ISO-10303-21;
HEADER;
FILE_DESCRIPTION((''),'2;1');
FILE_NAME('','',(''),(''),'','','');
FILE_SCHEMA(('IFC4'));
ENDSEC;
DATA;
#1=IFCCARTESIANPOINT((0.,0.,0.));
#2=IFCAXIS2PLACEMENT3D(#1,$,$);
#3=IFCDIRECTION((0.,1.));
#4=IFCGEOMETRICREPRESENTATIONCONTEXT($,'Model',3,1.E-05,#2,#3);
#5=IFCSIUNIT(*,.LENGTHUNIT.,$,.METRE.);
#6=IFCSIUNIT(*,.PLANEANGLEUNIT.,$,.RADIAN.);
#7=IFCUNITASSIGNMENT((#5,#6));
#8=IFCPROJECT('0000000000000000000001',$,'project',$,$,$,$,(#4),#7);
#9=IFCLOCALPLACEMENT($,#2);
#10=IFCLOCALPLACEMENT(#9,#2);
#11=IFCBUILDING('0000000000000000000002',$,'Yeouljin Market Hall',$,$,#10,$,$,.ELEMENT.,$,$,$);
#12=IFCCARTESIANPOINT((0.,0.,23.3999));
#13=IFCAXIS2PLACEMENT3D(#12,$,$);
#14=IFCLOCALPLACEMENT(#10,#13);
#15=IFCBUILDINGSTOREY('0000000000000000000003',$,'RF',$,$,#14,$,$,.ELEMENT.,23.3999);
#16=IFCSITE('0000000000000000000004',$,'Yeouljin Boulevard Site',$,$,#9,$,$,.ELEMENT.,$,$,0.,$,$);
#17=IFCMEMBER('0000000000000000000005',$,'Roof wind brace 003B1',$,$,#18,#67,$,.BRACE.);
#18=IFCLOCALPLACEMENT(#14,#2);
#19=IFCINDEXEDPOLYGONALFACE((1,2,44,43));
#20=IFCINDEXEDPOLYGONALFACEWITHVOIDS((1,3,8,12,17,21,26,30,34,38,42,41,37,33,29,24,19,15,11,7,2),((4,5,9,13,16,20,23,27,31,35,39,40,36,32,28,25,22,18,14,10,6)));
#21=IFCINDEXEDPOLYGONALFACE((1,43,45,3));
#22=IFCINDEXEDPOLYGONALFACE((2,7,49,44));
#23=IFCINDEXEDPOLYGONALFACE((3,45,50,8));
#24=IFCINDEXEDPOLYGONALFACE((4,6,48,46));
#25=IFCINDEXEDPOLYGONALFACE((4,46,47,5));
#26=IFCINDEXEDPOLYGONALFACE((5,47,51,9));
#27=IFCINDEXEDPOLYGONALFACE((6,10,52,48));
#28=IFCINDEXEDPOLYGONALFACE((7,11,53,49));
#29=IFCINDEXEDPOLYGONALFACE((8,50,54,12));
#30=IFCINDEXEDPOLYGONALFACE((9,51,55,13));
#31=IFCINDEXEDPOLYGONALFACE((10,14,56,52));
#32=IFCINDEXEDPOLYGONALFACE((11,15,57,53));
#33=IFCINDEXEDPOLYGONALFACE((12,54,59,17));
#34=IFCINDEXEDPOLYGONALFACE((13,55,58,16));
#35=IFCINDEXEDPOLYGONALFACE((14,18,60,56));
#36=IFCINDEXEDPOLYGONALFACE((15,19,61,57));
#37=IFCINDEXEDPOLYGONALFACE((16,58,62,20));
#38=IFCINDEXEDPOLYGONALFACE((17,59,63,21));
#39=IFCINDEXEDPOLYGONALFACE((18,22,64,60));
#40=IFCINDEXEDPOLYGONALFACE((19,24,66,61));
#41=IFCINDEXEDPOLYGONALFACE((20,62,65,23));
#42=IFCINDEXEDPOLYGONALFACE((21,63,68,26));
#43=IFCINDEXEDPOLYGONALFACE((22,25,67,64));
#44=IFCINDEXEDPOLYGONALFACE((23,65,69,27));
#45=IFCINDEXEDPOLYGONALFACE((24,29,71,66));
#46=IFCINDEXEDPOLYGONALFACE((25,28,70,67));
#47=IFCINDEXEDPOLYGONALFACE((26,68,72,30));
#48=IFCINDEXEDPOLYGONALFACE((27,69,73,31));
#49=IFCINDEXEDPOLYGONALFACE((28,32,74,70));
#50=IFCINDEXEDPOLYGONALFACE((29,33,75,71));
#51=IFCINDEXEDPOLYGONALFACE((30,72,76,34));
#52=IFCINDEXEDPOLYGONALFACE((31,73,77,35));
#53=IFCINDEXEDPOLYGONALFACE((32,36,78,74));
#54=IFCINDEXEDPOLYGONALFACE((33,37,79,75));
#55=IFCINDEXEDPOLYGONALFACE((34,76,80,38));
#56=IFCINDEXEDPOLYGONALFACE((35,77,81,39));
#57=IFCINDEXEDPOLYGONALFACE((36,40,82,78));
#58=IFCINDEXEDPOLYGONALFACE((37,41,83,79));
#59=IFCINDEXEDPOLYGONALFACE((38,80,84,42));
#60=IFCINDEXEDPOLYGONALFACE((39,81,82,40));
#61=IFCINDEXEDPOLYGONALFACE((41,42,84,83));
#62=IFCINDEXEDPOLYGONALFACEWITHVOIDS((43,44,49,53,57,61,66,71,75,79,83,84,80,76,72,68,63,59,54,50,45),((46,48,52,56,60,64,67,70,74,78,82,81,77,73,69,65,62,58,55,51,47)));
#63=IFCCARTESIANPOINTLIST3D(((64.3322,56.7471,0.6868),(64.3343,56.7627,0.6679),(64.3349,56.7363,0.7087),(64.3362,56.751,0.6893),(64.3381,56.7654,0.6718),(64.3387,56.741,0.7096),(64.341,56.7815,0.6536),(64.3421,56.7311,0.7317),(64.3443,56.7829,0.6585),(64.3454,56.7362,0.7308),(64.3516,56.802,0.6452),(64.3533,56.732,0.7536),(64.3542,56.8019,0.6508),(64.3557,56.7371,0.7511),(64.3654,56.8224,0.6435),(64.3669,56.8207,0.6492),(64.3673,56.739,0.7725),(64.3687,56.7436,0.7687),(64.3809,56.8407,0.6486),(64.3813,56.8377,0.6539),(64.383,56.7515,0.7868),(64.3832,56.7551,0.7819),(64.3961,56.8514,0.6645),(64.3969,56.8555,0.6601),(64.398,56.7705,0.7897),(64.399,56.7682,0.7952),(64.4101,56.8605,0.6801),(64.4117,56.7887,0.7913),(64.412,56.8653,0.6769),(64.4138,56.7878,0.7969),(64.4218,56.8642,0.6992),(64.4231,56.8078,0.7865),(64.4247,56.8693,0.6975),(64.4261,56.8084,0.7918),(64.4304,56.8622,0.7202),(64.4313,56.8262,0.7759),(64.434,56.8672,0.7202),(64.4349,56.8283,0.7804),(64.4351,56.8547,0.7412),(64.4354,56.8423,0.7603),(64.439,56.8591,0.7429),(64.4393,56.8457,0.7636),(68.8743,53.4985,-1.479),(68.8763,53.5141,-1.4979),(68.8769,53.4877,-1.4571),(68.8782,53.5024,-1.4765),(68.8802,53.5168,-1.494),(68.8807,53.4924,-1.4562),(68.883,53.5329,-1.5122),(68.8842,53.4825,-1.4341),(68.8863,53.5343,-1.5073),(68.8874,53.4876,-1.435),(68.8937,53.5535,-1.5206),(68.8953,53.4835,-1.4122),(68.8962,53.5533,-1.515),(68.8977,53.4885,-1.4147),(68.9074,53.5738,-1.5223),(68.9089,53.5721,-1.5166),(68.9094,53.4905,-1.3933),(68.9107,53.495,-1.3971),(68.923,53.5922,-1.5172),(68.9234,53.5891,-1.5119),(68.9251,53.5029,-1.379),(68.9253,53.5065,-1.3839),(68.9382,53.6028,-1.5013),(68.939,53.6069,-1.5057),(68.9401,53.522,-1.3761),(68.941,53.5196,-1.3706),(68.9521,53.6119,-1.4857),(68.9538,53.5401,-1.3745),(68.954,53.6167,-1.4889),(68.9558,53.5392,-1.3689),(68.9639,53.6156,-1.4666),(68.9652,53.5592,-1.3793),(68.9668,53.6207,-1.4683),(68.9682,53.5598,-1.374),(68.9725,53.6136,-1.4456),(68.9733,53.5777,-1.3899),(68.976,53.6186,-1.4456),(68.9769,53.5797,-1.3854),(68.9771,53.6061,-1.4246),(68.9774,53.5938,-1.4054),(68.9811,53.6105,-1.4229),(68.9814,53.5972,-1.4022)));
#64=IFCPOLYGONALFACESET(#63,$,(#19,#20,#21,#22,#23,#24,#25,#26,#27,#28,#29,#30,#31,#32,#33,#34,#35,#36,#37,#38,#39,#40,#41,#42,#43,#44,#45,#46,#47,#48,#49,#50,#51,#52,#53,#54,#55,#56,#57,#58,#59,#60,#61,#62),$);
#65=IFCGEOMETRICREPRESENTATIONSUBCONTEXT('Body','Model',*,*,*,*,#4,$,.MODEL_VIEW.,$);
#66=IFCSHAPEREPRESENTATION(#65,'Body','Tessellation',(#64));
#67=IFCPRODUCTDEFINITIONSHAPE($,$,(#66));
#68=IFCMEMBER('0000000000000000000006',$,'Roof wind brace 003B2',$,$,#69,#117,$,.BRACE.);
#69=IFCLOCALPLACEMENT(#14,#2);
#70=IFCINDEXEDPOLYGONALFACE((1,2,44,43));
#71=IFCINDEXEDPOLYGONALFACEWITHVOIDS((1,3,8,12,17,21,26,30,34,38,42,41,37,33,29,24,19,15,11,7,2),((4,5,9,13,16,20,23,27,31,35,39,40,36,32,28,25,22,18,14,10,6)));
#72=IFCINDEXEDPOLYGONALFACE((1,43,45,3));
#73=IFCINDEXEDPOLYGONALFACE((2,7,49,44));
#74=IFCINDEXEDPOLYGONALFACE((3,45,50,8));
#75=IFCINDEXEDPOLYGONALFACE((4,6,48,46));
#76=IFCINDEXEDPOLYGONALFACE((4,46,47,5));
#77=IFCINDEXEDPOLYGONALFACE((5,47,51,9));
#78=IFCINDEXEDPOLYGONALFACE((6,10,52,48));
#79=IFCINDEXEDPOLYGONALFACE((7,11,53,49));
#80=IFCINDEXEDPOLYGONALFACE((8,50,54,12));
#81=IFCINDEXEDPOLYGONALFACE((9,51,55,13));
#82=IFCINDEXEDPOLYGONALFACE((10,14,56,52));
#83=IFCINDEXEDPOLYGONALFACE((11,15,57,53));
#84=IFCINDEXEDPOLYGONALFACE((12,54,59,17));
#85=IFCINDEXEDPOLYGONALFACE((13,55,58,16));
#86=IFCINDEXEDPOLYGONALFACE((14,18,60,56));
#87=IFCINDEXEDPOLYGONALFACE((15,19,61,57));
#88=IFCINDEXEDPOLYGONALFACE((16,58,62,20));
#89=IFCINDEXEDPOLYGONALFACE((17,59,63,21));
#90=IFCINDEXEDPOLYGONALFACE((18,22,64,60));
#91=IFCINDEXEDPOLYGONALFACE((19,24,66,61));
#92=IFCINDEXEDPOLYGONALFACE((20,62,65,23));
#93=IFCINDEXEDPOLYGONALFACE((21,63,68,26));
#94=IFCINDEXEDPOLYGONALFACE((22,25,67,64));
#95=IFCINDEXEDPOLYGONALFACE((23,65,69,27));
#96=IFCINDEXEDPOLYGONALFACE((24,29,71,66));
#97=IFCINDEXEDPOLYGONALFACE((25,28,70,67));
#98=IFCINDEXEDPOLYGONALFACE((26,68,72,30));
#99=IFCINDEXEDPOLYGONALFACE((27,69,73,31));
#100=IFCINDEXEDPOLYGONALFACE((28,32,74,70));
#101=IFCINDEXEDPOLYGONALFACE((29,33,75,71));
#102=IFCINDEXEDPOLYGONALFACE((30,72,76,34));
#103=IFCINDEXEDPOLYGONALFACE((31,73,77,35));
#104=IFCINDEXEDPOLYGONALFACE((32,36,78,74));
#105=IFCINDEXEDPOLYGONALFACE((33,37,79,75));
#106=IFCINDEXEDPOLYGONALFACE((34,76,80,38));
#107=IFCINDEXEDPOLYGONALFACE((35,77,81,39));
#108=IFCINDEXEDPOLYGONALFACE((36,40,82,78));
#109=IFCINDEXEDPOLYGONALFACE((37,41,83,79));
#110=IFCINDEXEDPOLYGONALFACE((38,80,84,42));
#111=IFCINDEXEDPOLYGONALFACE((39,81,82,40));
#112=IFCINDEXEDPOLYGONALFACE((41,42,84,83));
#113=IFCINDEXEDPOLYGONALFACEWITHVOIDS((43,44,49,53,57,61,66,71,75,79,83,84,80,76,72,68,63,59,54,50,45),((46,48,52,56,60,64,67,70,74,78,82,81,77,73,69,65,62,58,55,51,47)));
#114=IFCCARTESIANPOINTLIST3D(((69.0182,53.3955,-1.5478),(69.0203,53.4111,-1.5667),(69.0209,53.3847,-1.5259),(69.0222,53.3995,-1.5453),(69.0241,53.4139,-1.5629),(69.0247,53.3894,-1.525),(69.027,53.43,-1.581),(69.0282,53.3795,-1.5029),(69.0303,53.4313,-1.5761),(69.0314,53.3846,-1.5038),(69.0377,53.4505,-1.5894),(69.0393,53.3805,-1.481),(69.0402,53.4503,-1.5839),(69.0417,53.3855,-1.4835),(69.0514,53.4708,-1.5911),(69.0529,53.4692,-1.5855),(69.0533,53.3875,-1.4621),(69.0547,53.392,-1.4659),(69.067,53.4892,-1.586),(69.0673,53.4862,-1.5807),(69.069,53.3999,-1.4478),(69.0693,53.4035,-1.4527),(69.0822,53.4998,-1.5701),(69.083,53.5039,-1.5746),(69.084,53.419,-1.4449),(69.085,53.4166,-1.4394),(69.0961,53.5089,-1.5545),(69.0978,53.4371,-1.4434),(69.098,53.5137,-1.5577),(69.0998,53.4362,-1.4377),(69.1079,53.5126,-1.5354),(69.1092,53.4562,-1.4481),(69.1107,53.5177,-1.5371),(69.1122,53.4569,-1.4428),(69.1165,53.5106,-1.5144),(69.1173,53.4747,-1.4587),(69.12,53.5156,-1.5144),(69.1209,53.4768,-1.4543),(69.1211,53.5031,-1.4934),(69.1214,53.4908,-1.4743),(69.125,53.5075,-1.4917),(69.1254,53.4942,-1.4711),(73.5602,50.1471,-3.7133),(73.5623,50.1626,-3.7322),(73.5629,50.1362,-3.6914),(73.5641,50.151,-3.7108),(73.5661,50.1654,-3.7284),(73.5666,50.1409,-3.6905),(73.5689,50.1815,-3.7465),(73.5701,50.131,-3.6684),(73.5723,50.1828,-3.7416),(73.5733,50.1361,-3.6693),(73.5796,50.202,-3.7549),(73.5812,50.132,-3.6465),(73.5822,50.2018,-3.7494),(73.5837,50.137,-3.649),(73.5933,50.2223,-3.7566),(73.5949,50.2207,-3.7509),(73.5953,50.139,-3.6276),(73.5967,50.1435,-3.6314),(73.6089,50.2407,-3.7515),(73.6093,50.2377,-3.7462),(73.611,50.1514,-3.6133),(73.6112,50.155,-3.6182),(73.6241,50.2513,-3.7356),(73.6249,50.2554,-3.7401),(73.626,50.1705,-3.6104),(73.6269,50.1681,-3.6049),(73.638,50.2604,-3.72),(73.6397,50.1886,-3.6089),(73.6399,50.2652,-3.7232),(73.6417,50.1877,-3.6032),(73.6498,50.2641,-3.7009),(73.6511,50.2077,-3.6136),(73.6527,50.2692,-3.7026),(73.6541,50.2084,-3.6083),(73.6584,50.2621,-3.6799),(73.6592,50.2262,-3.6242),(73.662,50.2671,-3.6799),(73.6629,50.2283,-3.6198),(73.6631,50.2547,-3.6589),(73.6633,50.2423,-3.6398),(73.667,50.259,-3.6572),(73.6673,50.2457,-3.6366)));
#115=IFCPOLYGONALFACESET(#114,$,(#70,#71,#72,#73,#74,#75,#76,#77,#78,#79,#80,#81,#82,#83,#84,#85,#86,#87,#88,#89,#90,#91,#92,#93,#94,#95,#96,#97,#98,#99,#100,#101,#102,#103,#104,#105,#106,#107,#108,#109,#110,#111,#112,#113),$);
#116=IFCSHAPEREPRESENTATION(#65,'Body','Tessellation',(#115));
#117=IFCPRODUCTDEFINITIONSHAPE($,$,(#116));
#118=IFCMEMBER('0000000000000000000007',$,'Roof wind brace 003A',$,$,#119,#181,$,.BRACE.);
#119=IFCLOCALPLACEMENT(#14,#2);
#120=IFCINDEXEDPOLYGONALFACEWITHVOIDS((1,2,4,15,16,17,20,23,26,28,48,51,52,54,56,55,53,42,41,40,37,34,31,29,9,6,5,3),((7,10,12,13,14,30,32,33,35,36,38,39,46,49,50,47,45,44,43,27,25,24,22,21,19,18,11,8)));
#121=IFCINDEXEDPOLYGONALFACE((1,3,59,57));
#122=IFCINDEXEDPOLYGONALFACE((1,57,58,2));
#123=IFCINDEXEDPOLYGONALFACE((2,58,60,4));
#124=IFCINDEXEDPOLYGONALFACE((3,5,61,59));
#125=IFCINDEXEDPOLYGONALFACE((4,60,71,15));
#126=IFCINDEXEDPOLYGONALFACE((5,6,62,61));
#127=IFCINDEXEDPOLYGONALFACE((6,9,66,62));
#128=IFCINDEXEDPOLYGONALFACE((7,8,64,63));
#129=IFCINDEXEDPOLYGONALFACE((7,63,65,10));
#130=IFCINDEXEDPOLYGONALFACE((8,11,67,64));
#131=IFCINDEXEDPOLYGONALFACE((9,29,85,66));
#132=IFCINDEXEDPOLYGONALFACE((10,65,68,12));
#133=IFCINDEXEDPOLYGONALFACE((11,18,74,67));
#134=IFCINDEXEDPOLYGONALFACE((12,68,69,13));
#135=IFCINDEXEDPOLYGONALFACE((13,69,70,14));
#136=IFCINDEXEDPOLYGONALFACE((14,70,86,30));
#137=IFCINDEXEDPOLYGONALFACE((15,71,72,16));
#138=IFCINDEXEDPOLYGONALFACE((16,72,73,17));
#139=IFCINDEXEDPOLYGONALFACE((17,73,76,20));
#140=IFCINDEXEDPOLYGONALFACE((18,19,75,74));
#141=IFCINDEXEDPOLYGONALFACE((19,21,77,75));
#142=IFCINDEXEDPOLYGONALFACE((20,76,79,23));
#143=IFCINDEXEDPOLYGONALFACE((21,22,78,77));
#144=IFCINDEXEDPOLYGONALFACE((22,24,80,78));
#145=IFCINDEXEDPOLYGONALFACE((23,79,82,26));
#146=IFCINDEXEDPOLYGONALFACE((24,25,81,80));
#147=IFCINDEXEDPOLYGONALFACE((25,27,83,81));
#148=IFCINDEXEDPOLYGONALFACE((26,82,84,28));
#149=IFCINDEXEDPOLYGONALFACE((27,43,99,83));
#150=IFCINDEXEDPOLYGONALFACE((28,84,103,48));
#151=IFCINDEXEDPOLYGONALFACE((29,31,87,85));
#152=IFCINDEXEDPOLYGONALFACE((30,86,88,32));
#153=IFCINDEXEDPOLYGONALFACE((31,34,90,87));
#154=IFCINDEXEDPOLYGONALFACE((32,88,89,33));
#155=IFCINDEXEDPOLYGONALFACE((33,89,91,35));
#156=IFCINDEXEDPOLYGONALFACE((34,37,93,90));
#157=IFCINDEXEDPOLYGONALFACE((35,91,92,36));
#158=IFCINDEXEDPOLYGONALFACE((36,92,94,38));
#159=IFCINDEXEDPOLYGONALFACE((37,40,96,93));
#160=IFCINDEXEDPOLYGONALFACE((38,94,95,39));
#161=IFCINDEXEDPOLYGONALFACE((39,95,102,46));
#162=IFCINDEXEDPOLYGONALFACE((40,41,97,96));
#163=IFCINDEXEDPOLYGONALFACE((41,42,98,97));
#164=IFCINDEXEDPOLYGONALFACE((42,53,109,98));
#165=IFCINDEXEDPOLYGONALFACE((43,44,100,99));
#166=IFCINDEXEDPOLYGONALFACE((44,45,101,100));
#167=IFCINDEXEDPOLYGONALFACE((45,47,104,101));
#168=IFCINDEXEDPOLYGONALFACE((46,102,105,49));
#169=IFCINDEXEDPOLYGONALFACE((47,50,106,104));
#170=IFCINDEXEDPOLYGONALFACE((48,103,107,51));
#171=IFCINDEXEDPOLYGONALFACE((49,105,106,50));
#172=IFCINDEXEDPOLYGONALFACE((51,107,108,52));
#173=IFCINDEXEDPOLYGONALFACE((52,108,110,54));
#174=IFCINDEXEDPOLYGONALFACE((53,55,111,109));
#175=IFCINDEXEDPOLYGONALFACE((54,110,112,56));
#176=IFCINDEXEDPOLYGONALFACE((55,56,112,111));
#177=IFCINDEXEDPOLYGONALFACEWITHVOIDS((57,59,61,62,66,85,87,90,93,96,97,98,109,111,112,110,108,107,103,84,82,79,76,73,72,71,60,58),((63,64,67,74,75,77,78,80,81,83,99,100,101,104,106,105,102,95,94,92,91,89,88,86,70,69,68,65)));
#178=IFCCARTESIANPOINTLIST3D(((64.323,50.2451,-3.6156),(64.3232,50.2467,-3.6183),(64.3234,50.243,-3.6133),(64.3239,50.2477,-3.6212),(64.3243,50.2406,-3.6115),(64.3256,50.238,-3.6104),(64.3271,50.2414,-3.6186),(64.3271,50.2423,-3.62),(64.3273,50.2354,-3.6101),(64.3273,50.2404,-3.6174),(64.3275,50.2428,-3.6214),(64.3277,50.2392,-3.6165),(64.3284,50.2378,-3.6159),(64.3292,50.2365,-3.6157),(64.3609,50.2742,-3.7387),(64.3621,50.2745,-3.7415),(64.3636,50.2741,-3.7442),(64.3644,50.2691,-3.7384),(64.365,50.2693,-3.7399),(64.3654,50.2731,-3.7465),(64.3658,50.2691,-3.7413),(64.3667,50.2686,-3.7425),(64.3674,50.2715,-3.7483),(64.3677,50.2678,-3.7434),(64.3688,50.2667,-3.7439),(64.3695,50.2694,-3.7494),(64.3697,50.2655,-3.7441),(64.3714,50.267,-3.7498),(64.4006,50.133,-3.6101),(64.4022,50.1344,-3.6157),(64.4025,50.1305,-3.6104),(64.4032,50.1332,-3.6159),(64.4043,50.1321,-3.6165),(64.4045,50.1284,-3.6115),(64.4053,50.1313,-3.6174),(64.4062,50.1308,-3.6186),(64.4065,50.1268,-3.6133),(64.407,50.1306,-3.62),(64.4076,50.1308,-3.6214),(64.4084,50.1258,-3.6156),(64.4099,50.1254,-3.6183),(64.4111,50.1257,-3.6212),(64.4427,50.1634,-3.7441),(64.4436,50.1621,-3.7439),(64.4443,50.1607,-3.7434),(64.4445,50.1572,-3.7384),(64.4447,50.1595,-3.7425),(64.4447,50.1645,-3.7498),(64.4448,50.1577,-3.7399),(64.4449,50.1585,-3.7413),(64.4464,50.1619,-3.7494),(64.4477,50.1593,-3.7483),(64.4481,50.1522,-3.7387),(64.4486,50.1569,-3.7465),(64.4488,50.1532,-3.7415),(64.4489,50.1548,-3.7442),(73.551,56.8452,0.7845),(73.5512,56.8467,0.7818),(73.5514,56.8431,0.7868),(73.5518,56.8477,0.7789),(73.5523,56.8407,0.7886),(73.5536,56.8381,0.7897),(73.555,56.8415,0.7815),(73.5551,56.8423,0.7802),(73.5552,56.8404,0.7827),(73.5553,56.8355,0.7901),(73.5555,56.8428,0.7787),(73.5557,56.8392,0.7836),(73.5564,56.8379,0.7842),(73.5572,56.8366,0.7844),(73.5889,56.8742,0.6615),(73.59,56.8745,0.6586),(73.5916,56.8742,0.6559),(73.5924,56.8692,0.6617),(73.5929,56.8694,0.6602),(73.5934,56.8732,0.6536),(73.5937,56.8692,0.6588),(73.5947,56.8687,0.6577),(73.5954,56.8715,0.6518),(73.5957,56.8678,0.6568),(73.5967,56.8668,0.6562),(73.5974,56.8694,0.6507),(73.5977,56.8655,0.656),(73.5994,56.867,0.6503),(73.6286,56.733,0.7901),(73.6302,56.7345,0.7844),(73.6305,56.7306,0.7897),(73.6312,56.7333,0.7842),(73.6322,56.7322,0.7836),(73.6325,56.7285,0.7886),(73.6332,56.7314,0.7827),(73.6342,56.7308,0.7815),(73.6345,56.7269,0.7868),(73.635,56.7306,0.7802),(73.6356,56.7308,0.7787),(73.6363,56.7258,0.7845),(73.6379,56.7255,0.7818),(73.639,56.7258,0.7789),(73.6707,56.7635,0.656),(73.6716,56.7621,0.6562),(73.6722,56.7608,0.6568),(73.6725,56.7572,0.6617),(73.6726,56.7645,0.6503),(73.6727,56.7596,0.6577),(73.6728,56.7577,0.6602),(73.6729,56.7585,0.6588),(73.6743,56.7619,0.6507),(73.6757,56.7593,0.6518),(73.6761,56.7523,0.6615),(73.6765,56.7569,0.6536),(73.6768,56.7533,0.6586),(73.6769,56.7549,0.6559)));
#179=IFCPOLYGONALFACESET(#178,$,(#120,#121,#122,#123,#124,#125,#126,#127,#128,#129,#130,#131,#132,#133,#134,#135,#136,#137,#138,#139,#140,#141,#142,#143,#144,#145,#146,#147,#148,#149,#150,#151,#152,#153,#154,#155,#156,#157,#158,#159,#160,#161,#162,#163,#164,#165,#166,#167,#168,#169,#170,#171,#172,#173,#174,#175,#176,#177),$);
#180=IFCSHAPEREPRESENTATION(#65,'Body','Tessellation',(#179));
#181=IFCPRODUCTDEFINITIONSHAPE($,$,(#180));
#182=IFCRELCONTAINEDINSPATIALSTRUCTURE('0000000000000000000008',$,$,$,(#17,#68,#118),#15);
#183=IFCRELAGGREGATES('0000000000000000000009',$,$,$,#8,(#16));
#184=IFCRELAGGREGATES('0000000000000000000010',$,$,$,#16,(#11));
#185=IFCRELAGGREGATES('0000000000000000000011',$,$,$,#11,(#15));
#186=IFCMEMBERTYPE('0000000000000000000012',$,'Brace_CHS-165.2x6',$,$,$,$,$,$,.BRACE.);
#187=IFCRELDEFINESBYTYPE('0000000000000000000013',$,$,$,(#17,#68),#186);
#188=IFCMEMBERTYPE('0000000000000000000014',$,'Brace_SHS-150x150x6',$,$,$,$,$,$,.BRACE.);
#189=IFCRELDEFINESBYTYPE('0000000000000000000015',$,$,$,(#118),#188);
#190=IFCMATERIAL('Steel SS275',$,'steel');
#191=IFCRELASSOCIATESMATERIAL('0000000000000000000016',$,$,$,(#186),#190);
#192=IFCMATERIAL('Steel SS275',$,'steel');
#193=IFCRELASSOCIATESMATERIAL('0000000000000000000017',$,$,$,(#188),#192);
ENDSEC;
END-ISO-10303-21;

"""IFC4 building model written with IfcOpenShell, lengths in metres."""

from ifc_helpers import new_model, si_unit, direction, frame, origin, origin_2d, place, context, subcontext, project, spatial, hollow_rectangle, hollow_circle, extrude, material, material_profile, profile_set, type_object, element, save


model = new_model("IFC4")

# Units and contexts
model_context = context("Model", 3, precision=1e-05, world=origin(), true_north=direction((0.0, 1.0)))
body_context = subcontext(model_context, "Body", "Model", "MODEL_VIEW")
ifc_project = project(units=[si_unit("LENGTHUNIT", "METRE"), si_unit("PLANEANGLEUNIT", "RADIAN")], contexts=[model_context])

# Site, building, storey
site_placement = place(None, origin())
site = spatial("IfcSite", under=ifc_project, at=site_placement, Name="Yeouljin Boulevard Site", CompositionType="ELEMENT", RefElevation=0.0)
building_placement = place(site_placement, origin())
building = spatial("IfcBuilding", under=site, at=building_placement, Name="Yeouljin Market Hall", CompositionType="ELEMENT")
storey_placement = place(building_placement, frame((0.0, 0.0, 23.3999)))
storey = spatial("IfcBuildingStorey", under=building, at=storey_placement, Name="RF", CompositionType="ELEMENT", Elevation=23.3999)

# Members
ifc_material_1 = material(Name="Steel SS275", Category="steel")
ifc_material_profile_1 = material_profile(ifc_material_1, hollow_circle(Radius=0.0825, WallThickness=0.0061, at=origin_2d()), Name="CHS-165.2x6")
ifc_profile_set_1 = profile_set([ifc_material_profile_1], Name="Steel SS275")
member_type_1 = type_object("IfcMemberType", Name="Brace_CHS-165.2x6", PredefinedType="BRACE", material=ifc_profile_set_1)
member_1_placement = place(storey_placement, frame((64.386, 56.8, 0.7202), z_axis=(0.758335, -0.542378, -0.361599), x_axis=(0.581743, 0.813373, 0.0)))
element("IfcMember", 1, at=member_1_placement, inside=storey, type_object=member_type_1, Name="Roof wind brace 003B1", PredefinedType="BRACE", context=body_context, shape_type="SweptSolid", body=[
    extrude(hollow_circle(Radius=0.0825, WallThickness=0.0061, at=origin_2d()), origin(), (0.0, 0.0, 1.0), 5.9895),
])
member_2_placement = place(storey_placement, frame((69.072, 53.4485, -1.5144), z_axis=(0.758346, -0.542386, -0.361564), x_axis=(0.581743, 0.813373, 0.0)))
element("IfcMember", 2, at=member_2_placement, inside=storey, type_object=member_type_1, Name="Roof wind brace 003B2", PredefinedType="BRACE", context=body_context, shape_type="SweptSolid", body=[
    extrude(hollow_circle(Radius=0.0825, WallThickness=0.0061, at=origin_2d()), origin(), (0.0, 0.0, 1.0), 5.9893),
])
ifc_material_2 = material(Name="Steel SS275", Category="steel")
ifc_material_profile_2 = material_profile(ifc_material_2, hollow_rectangle(XDim=0.1499, YDim=0.1499, WallThickness=0.0061, InnerFilletRadius=0.0061, OuterFilletRadius=0.012, at=origin_2d()), Name="SHS-150x150x6")
ifc_profile_set_2 = profile_set([ifc_material_profile_2], Name="Steel SS275")
member_type_2 = type_object("IfcMemberType", Name="Brace_SHS-150x150x6", PredefinedType="BRACE", material=ifc_profile_set_2)
member_3_placement = place(storey_placement, frame((64.386, 50.2, -3.6799), z_axis=(0.758337, 0.54238, 0.361593), x_axis=(-0.581743, 0.813373, 0.0)))
element("IfcMember", 3, at=member_3_placement, inside=storey, type_object=member_type_2, Name="Roof wind brace 003A", PredefinedType="BRACE", context=body_context, shape_type="SweptSolid", body=[
    extrude(hollow_rectangle(XDim=0.1499, YDim=0.1499, WallThickness=0.0061, InnerFilletRadius=0.0061, OuterFilletRadius=0.012, at=origin_2d()), origin(), (0.0, 0.0, 1.0), 12.1687),
])

save(model, "model.ifc")
